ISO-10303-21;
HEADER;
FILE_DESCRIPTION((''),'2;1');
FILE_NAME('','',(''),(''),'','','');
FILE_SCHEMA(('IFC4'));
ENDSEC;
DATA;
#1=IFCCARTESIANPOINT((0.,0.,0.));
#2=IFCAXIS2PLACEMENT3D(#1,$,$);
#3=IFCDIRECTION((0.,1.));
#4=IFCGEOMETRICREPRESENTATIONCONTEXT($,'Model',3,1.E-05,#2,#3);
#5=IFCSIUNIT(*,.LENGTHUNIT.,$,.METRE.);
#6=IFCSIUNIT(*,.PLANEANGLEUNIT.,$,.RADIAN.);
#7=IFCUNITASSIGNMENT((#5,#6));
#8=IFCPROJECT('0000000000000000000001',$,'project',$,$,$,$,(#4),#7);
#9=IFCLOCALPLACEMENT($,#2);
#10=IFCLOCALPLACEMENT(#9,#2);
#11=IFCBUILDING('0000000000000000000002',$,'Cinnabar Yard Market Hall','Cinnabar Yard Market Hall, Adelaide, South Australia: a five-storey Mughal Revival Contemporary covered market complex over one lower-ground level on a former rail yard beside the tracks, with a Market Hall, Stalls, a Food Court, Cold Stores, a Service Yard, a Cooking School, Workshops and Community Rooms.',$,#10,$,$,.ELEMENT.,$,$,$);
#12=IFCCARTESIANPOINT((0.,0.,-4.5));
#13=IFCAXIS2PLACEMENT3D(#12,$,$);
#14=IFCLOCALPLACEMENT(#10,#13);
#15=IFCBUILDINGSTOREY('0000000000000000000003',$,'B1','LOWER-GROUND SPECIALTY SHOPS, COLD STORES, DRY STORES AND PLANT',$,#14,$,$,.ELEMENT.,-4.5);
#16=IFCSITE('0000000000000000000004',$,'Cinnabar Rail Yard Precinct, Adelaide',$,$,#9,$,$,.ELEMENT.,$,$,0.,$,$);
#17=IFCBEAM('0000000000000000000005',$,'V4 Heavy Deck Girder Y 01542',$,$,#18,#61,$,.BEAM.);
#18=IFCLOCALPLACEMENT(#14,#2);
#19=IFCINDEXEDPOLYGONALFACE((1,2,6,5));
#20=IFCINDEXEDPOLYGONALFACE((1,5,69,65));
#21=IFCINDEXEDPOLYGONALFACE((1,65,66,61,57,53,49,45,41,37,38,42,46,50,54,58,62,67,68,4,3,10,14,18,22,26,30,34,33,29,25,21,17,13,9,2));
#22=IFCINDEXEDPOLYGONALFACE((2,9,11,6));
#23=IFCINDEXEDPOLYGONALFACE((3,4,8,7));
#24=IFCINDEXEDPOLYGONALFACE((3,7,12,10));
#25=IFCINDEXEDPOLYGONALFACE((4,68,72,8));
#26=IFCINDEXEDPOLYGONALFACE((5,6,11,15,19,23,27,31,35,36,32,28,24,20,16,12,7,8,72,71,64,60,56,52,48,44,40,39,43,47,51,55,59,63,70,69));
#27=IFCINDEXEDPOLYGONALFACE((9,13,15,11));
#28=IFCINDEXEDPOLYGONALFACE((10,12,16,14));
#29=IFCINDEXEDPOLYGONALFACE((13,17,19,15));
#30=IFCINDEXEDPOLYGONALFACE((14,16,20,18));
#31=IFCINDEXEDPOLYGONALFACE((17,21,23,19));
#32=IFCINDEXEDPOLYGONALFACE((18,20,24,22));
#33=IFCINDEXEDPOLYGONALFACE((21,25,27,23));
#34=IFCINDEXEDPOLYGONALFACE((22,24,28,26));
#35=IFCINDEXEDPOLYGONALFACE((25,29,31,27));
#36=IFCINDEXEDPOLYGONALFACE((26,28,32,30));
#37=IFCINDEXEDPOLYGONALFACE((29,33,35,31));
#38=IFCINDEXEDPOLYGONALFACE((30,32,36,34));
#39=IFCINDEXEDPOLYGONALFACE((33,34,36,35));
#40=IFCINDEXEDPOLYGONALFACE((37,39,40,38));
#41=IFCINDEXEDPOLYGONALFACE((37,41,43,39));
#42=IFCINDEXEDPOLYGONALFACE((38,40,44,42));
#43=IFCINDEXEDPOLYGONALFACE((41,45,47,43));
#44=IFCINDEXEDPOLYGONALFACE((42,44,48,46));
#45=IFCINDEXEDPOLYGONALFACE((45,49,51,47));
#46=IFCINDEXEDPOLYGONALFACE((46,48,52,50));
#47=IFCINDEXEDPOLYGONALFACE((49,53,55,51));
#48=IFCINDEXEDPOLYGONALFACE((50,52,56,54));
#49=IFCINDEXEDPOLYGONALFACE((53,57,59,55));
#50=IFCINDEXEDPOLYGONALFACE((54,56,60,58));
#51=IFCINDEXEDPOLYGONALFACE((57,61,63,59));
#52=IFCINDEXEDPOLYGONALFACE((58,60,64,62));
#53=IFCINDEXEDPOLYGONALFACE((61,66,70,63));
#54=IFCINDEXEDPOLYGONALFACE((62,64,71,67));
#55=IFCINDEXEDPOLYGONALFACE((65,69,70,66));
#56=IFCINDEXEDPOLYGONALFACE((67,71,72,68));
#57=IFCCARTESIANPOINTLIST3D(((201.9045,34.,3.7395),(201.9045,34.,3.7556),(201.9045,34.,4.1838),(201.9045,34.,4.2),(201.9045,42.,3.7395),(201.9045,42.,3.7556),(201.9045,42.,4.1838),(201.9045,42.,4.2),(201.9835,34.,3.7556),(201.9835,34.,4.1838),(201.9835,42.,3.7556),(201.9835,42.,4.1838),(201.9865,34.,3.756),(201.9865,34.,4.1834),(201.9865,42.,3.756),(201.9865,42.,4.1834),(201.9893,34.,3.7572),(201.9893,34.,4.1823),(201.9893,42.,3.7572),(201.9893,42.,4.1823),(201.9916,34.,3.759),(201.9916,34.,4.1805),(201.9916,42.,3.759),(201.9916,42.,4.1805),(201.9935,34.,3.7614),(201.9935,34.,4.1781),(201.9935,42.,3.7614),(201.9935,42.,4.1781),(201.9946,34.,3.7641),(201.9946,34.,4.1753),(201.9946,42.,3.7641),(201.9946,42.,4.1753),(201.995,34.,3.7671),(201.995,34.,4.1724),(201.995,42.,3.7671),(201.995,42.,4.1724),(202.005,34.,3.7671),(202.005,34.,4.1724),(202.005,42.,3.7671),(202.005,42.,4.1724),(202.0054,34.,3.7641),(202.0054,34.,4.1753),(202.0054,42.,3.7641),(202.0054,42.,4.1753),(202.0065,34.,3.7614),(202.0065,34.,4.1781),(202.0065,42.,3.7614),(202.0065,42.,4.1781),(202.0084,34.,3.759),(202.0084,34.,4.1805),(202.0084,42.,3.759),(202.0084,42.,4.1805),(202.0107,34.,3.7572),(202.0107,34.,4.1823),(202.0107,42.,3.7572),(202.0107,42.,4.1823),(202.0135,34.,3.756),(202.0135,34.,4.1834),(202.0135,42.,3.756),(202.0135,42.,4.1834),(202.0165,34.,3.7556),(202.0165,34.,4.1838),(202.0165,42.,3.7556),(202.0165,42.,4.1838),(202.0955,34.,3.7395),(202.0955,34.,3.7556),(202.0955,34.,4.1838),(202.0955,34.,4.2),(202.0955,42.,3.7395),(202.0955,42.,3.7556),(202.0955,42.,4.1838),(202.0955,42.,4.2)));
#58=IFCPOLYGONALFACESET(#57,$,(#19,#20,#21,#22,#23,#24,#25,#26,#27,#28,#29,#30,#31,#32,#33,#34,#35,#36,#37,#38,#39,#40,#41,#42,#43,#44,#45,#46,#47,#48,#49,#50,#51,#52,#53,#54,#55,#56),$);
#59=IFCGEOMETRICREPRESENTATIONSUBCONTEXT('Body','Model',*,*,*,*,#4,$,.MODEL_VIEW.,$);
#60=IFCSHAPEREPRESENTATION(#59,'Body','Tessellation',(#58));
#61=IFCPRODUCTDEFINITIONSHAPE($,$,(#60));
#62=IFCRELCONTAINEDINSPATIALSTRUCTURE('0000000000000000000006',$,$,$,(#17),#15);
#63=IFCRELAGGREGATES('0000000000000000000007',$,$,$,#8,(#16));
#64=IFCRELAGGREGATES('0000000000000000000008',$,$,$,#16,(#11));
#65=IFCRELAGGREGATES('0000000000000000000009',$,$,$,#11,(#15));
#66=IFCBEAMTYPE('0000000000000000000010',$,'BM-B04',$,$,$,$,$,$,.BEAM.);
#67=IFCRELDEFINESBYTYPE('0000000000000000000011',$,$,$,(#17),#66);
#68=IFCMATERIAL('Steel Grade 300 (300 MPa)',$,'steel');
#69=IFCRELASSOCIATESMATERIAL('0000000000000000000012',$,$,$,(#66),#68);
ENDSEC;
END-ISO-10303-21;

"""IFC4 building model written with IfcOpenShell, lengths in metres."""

from ifc_helpers import new_model, si_unit, direction, frame, origin, origin_2d_with_axis, place, context, subcontext, project, spatial, i_section, extrude, material, material_profile, profile_set, type_object, element, save


model = new_model("IFC4")

# Units and contexts
model_context = context("Model", 3, precision=1e-05, world=origin(), true_north=direction((0.0, 1.0)))
body_context = subcontext(model_context, "Body", "Model", "MODEL_VIEW")
ifc_project = project(units=[si_unit("LENGTHUNIT", "METRE"), si_unit("PLANEANGLEUNIT", "RADIAN")], contexts=[model_context])

# Site, building, storey
site_placement = place(None, origin())
site = spatial("IfcSite", under=ifc_project, at=site_placement, Name="Cinnabar Rail Yard Precinct, Adelaide", CompositionType="ELEMENT", RefElevation=0.0)
building_placement = place(site_placement, origin())
building = spatial("IfcBuilding", under=site, at=building_placement, Name="Cinnabar Yard Market Hall", Description="Cinnabar Yard Market Hall, Adelaide, South Australia: a five-storey Mughal Revival Contemporary covered market complex over one lower-ground level on a former rail yard beside the tracks, with a Market Hall, Stalls, a Food Court, Cold Stores, a Service Yard, a Cooking School, Workshops and Community Rooms.", CompositionType="ELEMENT")
storey_placement = place(building_placement, frame((0.0, 0.0, -4.5)))
storey = spatial("IfcBuildingStorey", under=building, at=storey_placement, Name="B1", Description="LOWER-GROUND SPECIALTY SHOPS, COLD STORES, DRY STORES AND PLANT", CompositionType="ELEMENT", Elevation=-4.5)

# Shared definitions
ifc_material_1 = material(Name="Steel Grade 300 (300 MPa)", Category="steel")

# Beam
ifc_material_profile_1 = material_profile(ifc_material_1, i_section(OverallWidth=0.1909, OverallDepth=0.4604, WebThickness=0.01, FlangeThickness=0.0161, FilletRadius=0.0115, at=origin_2d_with_axis()), Name="460UB82.1")
ifc_profile_set_1 = profile_set([ifc_material_profile_1], Name="Steel Grade 300 (300 MPa)")
beam_type_1 = type_object("IfcBeamType", Name="BM-B04", PredefinedType="BEAM", material=ifc_profile_set_1)
beam_1_placement = place(storey_placement, frame((202.0, 34.0, 3.9697), z_axis=(0.0, 1.0, 0.0), x_axis=(-1.0, 0.0, 0.0)))
element("IfcBeam", 1, at=beam_1_placement, inside=storey, type_object=beam_type_1, Name="V4 Heavy Deck Girder Y 01542", PredefinedType="BEAM", context=body_context, shape_type="SweptSolid", body=[
    extrude(i_section(OverallWidth=0.1909, OverallDepth=0.4604, WebThickness=0.01, FlangeThickness=0.0161, FilletRadius=0.0115, at=origin_2d_with_axis()), origin(), (0.0, 0.0, 1.0), 8.0),
])

save(model, "model.ifc")
